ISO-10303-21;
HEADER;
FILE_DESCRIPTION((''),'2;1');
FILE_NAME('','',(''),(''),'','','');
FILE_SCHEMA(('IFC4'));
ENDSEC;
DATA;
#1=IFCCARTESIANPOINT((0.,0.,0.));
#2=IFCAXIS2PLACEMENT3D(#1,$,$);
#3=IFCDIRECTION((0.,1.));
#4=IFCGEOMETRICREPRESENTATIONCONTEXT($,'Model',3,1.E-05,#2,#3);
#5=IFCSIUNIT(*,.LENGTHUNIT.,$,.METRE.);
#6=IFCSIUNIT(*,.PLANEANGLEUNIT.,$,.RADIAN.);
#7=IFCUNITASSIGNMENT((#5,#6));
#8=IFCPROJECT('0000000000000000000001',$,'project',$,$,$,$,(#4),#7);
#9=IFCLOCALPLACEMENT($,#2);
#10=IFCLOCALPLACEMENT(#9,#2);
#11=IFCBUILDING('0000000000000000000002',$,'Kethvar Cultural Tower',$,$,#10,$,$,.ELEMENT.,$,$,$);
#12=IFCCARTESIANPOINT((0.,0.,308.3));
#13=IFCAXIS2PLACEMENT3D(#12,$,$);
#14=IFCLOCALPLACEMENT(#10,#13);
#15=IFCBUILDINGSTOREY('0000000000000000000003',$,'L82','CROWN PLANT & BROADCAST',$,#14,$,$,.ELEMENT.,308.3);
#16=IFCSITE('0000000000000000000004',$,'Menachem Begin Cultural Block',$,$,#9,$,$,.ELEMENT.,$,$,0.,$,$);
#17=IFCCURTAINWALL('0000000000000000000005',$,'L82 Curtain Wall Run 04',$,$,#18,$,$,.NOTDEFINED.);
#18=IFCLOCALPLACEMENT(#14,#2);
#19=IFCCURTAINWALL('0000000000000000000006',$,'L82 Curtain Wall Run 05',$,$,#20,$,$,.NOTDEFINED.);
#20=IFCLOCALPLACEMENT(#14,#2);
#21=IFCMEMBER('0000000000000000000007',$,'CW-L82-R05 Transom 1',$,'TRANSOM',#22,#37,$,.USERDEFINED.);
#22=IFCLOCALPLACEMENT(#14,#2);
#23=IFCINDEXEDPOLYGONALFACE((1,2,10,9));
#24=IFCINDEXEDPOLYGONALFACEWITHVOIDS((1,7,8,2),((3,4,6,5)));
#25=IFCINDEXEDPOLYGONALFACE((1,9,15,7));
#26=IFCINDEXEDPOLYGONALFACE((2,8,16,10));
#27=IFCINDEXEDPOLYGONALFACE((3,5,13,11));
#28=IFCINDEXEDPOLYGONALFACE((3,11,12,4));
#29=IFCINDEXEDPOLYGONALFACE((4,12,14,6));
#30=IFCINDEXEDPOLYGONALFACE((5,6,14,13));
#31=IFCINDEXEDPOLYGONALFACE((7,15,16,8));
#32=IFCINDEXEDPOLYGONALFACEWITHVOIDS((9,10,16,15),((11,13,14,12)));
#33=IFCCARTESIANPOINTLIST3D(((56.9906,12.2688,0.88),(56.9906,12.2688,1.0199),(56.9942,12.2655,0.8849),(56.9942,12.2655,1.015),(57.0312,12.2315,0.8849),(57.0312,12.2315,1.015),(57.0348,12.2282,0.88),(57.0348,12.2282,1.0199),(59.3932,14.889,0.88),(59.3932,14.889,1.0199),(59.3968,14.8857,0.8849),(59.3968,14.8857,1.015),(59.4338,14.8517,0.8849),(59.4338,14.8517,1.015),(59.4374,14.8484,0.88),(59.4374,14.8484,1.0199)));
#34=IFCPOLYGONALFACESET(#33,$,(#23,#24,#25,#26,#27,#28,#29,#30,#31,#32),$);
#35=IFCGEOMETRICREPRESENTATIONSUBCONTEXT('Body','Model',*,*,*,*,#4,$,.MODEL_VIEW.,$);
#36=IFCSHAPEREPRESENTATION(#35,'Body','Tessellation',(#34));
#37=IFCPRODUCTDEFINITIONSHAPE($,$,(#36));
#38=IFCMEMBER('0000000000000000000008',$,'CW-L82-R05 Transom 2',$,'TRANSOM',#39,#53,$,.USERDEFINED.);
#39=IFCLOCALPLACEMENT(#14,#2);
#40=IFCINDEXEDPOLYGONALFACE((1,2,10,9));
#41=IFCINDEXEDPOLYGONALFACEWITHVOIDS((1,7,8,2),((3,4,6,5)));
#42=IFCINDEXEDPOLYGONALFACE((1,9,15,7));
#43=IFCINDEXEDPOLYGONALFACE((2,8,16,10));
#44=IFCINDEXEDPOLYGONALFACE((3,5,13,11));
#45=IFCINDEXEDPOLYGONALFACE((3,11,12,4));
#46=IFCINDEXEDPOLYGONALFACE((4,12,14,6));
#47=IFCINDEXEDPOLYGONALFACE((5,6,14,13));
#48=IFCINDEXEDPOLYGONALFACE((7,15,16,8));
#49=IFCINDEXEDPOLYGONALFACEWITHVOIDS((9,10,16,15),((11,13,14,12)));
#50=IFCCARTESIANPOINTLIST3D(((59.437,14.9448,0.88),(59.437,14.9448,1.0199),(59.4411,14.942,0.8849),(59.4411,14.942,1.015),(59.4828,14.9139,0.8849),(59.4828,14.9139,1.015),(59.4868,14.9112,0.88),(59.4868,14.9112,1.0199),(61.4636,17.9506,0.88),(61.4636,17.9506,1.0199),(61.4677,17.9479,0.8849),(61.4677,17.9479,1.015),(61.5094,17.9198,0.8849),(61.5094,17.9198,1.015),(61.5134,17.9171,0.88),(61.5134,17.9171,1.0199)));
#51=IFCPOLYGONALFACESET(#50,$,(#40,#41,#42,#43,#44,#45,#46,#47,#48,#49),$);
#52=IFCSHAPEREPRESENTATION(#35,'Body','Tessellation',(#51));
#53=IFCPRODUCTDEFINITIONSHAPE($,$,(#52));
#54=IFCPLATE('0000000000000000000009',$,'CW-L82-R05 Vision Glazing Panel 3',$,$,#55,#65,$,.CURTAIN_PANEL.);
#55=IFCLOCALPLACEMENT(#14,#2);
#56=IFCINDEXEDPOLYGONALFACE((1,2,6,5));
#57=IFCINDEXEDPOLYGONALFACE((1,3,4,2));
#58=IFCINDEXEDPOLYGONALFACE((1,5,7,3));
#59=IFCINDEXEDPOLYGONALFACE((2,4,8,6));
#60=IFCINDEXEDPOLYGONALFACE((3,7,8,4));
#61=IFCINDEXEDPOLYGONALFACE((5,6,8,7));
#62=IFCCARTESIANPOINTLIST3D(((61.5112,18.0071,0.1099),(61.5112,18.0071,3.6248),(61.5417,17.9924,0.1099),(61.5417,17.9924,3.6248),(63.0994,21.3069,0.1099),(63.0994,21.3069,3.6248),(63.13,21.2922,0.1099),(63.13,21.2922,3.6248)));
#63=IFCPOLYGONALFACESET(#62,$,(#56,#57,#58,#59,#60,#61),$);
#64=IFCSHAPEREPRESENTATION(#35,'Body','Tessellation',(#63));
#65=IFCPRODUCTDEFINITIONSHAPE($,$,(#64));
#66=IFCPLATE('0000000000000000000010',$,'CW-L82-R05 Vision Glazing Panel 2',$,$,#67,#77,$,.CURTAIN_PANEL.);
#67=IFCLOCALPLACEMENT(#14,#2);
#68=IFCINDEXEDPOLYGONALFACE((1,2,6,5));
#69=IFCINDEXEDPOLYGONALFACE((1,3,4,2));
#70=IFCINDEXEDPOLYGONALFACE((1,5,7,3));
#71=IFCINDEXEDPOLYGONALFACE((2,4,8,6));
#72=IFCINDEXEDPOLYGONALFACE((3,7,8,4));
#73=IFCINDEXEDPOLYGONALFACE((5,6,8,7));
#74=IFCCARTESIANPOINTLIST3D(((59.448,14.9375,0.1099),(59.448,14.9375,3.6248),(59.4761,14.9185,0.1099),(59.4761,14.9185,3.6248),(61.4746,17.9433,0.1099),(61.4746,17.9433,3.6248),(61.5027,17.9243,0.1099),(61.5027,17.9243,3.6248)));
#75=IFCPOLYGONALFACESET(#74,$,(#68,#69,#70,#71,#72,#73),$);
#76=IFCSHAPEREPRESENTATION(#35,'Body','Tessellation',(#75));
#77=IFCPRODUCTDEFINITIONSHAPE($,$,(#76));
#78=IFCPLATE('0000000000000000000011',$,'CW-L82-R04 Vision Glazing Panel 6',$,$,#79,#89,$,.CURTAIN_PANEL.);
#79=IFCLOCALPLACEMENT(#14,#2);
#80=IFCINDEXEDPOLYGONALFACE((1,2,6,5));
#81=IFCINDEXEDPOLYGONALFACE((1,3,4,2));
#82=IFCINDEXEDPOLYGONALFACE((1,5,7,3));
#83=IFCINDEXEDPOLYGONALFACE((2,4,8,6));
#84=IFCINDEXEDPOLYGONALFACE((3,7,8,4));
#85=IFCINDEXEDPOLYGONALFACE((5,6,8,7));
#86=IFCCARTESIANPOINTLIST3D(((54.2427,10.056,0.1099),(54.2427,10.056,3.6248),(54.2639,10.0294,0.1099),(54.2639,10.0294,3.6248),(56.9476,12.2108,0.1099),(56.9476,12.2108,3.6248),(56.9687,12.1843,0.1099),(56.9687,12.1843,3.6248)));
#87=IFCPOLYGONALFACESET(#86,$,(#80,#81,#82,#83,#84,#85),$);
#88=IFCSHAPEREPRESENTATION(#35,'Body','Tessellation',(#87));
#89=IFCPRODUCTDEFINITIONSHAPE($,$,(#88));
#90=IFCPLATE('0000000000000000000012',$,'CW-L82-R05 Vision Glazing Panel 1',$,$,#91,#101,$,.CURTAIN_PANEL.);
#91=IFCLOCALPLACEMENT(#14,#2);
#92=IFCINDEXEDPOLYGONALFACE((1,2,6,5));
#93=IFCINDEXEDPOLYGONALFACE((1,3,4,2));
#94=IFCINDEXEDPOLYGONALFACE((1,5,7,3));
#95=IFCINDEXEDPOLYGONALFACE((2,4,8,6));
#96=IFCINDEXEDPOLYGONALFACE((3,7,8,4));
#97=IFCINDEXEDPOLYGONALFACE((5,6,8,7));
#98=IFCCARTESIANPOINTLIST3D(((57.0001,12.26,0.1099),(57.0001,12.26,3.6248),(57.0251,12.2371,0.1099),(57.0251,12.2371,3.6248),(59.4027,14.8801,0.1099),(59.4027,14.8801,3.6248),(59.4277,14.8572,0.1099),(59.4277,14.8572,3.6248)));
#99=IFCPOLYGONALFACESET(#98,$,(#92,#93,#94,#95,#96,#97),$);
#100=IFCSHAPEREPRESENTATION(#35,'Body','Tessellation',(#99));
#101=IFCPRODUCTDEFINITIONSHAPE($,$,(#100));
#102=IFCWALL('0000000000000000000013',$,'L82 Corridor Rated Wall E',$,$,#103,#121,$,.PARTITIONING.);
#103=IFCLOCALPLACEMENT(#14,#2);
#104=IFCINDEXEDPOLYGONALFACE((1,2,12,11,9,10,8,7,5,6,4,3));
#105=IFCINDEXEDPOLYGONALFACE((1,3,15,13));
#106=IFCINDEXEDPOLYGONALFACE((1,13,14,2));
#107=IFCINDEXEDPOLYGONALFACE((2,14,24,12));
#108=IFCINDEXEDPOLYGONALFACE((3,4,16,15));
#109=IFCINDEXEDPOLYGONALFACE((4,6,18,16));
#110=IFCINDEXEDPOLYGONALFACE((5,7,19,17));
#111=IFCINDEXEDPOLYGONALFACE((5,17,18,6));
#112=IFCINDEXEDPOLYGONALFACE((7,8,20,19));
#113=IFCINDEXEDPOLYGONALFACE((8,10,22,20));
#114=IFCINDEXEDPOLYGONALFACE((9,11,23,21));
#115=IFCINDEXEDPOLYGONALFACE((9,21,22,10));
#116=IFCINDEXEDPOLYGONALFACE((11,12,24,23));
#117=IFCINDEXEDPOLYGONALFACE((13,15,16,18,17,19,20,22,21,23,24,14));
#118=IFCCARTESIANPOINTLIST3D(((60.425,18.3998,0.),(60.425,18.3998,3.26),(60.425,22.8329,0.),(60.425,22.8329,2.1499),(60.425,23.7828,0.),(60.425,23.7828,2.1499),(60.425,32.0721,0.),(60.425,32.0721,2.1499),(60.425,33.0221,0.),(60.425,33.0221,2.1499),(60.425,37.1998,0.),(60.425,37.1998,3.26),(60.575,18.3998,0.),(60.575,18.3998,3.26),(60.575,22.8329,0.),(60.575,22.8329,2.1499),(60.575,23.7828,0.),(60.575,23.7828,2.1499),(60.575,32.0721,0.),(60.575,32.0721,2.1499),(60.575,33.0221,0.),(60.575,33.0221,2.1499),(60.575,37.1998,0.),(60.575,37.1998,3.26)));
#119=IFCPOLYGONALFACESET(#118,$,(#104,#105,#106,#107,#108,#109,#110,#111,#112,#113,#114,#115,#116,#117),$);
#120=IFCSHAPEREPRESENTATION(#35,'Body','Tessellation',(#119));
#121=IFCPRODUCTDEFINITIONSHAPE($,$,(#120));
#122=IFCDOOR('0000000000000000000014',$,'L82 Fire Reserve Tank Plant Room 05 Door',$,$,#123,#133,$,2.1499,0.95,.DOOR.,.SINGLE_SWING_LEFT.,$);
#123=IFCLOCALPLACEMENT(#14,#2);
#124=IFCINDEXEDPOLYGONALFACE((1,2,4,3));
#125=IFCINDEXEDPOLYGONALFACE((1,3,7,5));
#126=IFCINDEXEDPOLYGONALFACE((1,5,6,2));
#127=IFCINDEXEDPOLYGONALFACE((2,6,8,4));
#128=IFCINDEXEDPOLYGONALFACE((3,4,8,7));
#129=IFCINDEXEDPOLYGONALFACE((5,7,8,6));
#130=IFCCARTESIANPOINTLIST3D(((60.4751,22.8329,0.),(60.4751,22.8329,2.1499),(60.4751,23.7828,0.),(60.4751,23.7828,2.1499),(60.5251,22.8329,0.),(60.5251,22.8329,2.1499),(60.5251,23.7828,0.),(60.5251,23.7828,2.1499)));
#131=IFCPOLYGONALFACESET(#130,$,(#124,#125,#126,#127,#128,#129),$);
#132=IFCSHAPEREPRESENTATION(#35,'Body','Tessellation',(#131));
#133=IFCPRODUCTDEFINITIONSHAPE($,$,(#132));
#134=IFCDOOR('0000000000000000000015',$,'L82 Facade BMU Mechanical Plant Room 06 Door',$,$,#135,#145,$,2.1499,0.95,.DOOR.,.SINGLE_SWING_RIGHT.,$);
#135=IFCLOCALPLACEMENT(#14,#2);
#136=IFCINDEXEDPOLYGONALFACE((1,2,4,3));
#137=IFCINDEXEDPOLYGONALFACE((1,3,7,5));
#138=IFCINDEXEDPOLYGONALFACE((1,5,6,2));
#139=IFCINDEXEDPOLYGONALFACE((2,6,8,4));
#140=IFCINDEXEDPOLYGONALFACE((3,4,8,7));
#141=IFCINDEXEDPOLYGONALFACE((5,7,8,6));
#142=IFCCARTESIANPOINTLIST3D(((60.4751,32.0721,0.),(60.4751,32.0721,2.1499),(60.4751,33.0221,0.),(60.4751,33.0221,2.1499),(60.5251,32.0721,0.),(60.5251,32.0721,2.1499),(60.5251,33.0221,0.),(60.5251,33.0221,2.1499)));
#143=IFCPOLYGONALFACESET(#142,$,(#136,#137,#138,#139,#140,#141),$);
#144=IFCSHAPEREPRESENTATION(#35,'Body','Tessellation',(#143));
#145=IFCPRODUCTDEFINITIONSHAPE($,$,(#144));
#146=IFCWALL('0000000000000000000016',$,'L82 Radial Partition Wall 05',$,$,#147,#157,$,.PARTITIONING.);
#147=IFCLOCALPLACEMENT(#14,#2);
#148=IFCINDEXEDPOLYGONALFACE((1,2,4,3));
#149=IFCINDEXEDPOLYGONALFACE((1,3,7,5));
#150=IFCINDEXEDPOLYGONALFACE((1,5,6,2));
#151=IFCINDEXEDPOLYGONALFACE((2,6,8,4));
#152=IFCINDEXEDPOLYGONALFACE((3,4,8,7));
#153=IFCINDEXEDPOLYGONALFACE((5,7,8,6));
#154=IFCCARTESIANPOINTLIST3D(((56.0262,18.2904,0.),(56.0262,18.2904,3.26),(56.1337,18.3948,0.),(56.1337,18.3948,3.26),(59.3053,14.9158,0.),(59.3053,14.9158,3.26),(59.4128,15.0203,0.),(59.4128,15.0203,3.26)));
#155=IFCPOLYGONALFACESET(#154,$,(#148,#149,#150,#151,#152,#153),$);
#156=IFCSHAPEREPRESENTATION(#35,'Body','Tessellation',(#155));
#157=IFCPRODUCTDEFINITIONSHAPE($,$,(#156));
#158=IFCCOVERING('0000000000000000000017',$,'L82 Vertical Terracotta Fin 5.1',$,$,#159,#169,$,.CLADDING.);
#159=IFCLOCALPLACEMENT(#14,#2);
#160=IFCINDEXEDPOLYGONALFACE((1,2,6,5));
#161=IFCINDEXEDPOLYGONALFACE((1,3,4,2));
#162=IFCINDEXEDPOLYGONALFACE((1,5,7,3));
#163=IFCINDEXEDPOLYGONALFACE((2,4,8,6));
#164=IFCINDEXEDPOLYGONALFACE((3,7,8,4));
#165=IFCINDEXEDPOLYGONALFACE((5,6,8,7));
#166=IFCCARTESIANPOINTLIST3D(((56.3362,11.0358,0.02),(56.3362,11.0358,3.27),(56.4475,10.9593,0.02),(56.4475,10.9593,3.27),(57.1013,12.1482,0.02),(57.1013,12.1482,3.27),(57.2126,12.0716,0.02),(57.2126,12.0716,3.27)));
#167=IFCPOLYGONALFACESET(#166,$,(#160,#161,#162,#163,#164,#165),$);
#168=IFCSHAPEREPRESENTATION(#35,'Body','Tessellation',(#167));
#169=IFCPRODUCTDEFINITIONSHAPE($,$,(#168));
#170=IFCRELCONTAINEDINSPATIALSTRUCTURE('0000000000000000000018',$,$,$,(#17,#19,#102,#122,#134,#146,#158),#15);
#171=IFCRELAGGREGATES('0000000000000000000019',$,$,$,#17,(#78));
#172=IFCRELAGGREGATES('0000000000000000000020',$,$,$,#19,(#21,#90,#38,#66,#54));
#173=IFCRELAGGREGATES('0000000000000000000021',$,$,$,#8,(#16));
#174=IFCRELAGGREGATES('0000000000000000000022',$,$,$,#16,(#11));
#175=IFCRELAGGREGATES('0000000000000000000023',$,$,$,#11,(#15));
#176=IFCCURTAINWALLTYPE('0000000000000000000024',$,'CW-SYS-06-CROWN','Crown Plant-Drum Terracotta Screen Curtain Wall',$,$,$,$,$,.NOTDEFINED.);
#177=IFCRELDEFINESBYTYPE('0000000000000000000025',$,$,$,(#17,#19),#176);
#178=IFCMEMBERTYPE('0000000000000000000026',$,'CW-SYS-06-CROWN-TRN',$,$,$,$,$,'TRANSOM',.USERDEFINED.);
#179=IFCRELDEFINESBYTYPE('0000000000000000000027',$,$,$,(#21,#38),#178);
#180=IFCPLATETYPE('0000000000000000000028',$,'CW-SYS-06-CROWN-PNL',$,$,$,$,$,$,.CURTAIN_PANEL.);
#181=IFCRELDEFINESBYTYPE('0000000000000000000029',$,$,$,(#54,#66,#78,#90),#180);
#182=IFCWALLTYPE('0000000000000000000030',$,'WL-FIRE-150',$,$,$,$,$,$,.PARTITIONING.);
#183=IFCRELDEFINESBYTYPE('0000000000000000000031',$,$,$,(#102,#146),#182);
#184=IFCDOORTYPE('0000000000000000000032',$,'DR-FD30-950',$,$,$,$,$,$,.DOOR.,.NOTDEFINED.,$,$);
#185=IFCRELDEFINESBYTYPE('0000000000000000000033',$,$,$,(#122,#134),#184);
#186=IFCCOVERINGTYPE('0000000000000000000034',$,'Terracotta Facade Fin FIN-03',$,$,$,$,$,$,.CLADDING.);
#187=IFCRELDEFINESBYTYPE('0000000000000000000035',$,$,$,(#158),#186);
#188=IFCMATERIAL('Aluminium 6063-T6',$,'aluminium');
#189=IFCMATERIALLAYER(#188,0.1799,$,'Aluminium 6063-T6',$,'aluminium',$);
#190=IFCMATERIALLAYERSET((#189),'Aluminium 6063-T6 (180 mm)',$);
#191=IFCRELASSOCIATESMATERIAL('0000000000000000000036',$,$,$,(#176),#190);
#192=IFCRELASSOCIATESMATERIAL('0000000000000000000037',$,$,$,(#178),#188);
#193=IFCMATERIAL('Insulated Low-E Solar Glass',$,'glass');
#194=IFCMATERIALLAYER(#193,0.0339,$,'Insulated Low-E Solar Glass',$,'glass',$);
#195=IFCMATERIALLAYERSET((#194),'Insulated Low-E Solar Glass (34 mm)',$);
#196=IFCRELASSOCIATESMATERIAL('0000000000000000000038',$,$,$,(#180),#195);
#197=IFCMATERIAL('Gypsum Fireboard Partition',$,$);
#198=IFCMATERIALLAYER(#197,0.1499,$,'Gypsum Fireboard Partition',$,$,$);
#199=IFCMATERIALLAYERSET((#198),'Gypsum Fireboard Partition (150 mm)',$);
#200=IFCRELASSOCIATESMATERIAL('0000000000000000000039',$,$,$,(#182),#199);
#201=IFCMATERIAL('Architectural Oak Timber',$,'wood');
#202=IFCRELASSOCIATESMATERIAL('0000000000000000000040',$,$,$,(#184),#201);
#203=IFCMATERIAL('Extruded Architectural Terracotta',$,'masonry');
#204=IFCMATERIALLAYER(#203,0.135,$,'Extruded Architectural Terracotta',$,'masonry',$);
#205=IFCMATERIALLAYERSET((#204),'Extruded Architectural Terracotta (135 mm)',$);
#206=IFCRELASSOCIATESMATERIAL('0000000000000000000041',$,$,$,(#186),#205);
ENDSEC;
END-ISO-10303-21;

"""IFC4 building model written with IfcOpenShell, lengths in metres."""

from ifc_helpers import new_model, si_unit, direction, frame, frame_2d, origin, origin_2d, place, context, subcontext, project, spatial, rectangle, hollow_rectangle, extrude, source, transform, mapped, material, layer, layer_set, material_profile, profile_set, type_object, element, fill, aggregate, save


model = new_model("IFC4")

# Units and contexts
model_context = context("Model", 3, precision=1e-05, world=origin(), true_north=direction((0.0, 1.0)))
body_context = subcontext(model_context, "Body", "Model", "MODEL_VIEW")
ifc_project = project(units=[si_unit("LENGTHUNIT", "METRE"), si_unit("PLANEANGLEUNIT", "RADIAN")], contexts=[model_context])

# Site, building, storey
site_placement = place(None, origin())
site = spatial("IfcSite", under=ifc_project, at=site_placement, Name="Menachem Begin Cultural Block", CompositionType="ELEMENT", RefElevation=0.0)
building_placement = place(site_placement, origin())
building = spatial("IfcBuilding", under=site, at=building_placement, Name="Kethvar Cultural Tower", CompositionType="ELEMENT")
storey_placement = place(building_placement, frame((0.0, 0.0, 308.3)))
storey = spatial("IfcBuildingStorey", under=building, at=storey_placement, Name="L82", Description="CROWN PLANT & BROADCAST", CompositionType="ELEMENT", Elevation=308.3)

# Curtain wall
ifc_material_1 = material(Name="Aluminium 6063-T6", Category="aluminium")
ifc_layer_1 = layer(ifc_material_1, 0.1799, Name="Aluminium 6063-T6", Category="aluminium")
ifc_layer_set_1 = layer_set([ifc_layer_1], Name="Aluminium 6063-T6 (180 mm)")
curtain_wall_type = type_object("IfcCurtainWallType", Name="CW-SYS-06-CROWN", Description="Crown Plant-Drum Terracotta Screen Curtain Wall", PredefinedType="NOTDEFINED", material=ifc_layer_set_1)
curtain_wall_1_placement = place(storey_placement, origin())
curtain_wall_1 = element("IfcCurtainWall", 1, at=curtain_wall_1_placement, inside=storey, type_object=curtain_wall_type, Name="L82 Curtain Wall Run 04", PredefinedType="NOTDEFINED")

# Curtain wall, members, plates
curtain_wall_2_placement = place(storey_placement, origin())
curtain_wall_2 = element("IfcCurtainWall", 2, at=curtain_wall_2_placement, inside=storey, type_object=curtain_wall_type, Name="L82 Curtain Wall Run 05", PredefinedType="NOTDEFINED")
ifc_material_profile_1 = material_profile(ifc_material_1, hollow_rectangle(XDim=0.0601, YDim=0.1399, WallThickness=0.0049, at=origin_2d()), Name="Aluminium 6063-T6 — RHS140x60x5")
ifc_profile_set_1 = profile_set([ifc_material_profile_1], Name="Aluminium 6063-T6 — RHS140x60x5")
member_type_1 = type_object("IfcMemberType", Name="CW-SYS-06-CROWN-TRN", ElementType="TRANSOM", PredefinedType="USERDEFINED", material=ifc_profile_set_1)
shared_shape_1 = source(origin(), body_context, "Body", "SweptSolid", [
    extrude(hollow_rectangle(XDim=0.0601, YDim=0.1399, WallThickness=0.0049, at=origin_2d()), origin(), (0.0, 0.0, 1.0), 3.5549),
])
member_1_placement = place(storey_placement, frame((57.0127, 12.2485, 0.95), z_axis=(0.675849, 0.73704, 0.0), x_axis=(-0.73704, 0.675849, 0.0)))
member_1 = element("IfcMember", 3, at=member_1_placement, type_object=member_type_1, Name="CW-L82-R05 Transom 1", ObjectType="TRANSOM", PredefinedType="USERDEFINED", context=body_context, shape_type="MappedRepresentation", body=[
    mapped(shared_shape_1, transform((0.0, 0.0, 0.0), scale=1.0)),
])
shared_shape_2 = source(origin(), body_context, "Body", "SweptSolid", [
    extrude(hollow_rectangle(XDim=0.0601, YDim=0.1399, WallThickness=0.0049, at=origin_2d()), origin(), (0.0, 0.0, 1.0), 3.6252),
])
member_2_placement = place(storey_placement, frame((59.4619, 14.928, 0.95), z_axis=(0.559029, 0.829148, 0.0), x_axis=(-0.829148, 0.559029, 0.0)))
member_2 = element("IfcMember", 4, at=member_2_placement, type_object=member_type_1, Name="CW-L82-R05 Transom 2", ObjectType="TRANSOM", PredefinedType="USERDEFINED", context=body_context, shape_type="MappedRepresentation", body=[
    mapped(shared_shape_2, transform((0.0, 0.0, 0.0), scale=1.0)),
])
ifc_material_2 = material(Name="Insulated Low-E Solar Glass", Category="glass")
ifc_layer_2 = layer(ifc_material_2, 0.0339, Name="Insulated Low-E Solar Glass", Category="glass")
ifc_layer_set_2 = layer_set([ifc_layer_2], Name="Insulated Low-E Solar Glass (34 mm)")
plate_type = type_object("IfcPlateType", Name="CW-SYS-06-CROWN-PNL", PredefinedType="CURTAIN_PANEL", material=ifc_layer_set_2)
shared_shape_3 = source(origin(), body_context, "Body", "SweptSolid", [
    extrude(rectangle(XDim=3.6621, YDim=0.0339, at=origin_2d()), origin(), (0.0, 0.0, 1.0), 3.5149),
])
plate_1_placement = place(storey_placement, frame((62.3206, 19.6497, 0.1099), z_axis=(0.0, 0.0, 1.0), x_axis=(0.433691, 0.901062, 0.0)))
plate_1 = element("IfcPlate", 5, at=plate_1_placement, type_object=plate_type, Name="CW-L82-R05 Vision Glazing Panel 3", PredefinedType="CURTAIN_PANEL", context=body_context, shape_type="MappedRepresentation", body=[
    mapped(shared_shape_3, transform((0.0, 0.0, 0.0), scale=1.0)),
])
shared_shape_4 = source(origin(), body_context, "Body", "SweptSolid", [
    extrude(rectangle(XDim=3.6252, YDim=0.0339, at=origin_2d()), origin(), (0.0, 0.0, 1.0), 3.5149),
])
plate_2_placement = place(storey_placement, frame((60.4753, 16.4309, 0.1099), z_axis=(0.0, 0.0, 1.0), x_axis=(0.559034, 0.829145, 0.0)))
plate_2 = element("IfcPlate", 6, at=plate_2_placement, type_object=plate_type, Name="CW-L82-R05 Vision Glazing Panel 2", PredefinedType="CURTAIN_PANEL", context=body_context, shape_type="MappedRepresentation", body=[
    mapped(shared_shape_4, transform((0.0, 0.0, 0.0), scale=1.0)),
])

# Plates
shared_shape_5 = source(origin(), body_context, "Body", "SweptSolid", [
    extrude(rectangle(XDim=3.4583, YDim=0.0339, at=origin_2d()), origin(), (0.0, 0.0, 1.0), 3.5149),
])
plate_3_placement = place(storey_placement, frame((55.6057, 11.1201, 0.1099), z_axis=(0.0, 0.0, 1.0), x_axis=(0.782141, 0.623102, 0.0)))
plate_3 = element("IfcPlate", 7, at=plate_3_placement, type_object=plate_type, Name="CW-L82-R04 Vision Glazing Panel 6", PredefinedType="CURTAIN_PANEL", context=body_context, shape_type="MappedRepresentation", body=[
    mapped(shared_shape_5, transform((0.0, 0.0, 0.0), scale=1.0)),
])
aggregate(curtain_wall_1, [plate_3])
shared_shape_6 = source(origin(), body_context, "Body", "SweptSolid", [
    extrude(rectangle(XDim=3.5549, YDim=0.0339, at=origin_2d()), origin(), (0.0, 0.0, 1.0), 3.5149),
])
plate_4_placement = place(storey_placement, frame((58.2139, 13.5586, 0.1099), z_axis=(0.0, 0.0, 1.0), x_axis=(0.675848, 0.737041, 0.0)))
plate_4 = element("IfcPlate", 8, at=plate_4_placement, type_object=plate_type, Name="CW-L82-R05 Vision Glazing Panel 1", PredefinedType="CURTAIN_PANEL", context=body_context, shape_type="MappedRepresentation", body=[
    mapped(shared_shape_6, transform((0.0, 0.0, 0.0), scale=1.0)),
])
aggregate(curtain_wall_2, [member_1, plate_4, member_2, plate_2, plate_1])

# Wall, openings, doors
ifc_material_3 = material(Name="Gypsum Fireboard Partition")
ifc_layer_3 = layer(ifc_material_3, 0.1499, Name="Gypsum Fireboard Partition")
ifc_layer_set_3 = layer_set([ifc_layer_3], Name="Gypsum Fireboard Partition (150 mm)")
wall_type = type_object("IfcWallType", Name="WL-FIRE-150", PredefinedType="PARTITIONING", material=ifc_layer_set_3)
wall_1_placement = place(storey_placement, frame((60.5, 18.3999, 0.0), z_axis=(0.0, 0.0, 1.0), x_axis=(0.0, 1.0, 0.0)))
wall_1 = element("IfcWall", 9, at=wall_1_placement, inside=storey, type_object=wall_type, Name="L82 Corridor Rated Wall E", PredefinedType="PARTITIONING", context=body_context, shape_type="SweptSolid", body=[
    extrude(rectangle(XDim=18.8, YDim=0.1499, at=frame_2d((9.3999, 0.0))), origin(), (0.0, 0.0, 1.0), 3.26),
])
opening_1_placement = place(wall_1_placement, frame((4.4329, 0.0, 0.0)))
opening_1 = element("IfcOpeningElement", 10, at=opening_1_placement, cuts=wall_1, PredefinedType="OPENING", context=body_context, shape_type="SweptSolid", body=[
    extrude(rectangle(XDim=0.95, YDim=2.1499, at=frame_2d((0.4751, 1.075))), frame((0.0, 0.085, 0.0), z_axis=(0.0, -1.0, 0.0), x_axis=(1.0, 0.0, 0.0)), (0.0, 0.0, 1.0), 0.1699),
])
opening_2_placement = place(wall_1_placement, frame((13.6721, 0.0, 0.0)))
opening_2 = element("IfcOpeningElement", 11, at=opening_2_placement, cuts=wall_1, PredefinedType="OPENING", context=body_context, shape_type="SweptSolid", body=[
    extrude(rectangle(XDim=0.95, YDim=2.1499, at=frame_2d((0.4751, 1.075))), frame((0.0, 0.085, 0.0), z_axis=(0.0, -1.0, 0.0), x_axis=(1.0, 0.0, 0.0)), (0.0, 0.0, 1.0), 0.1699),
])
ifc_material_4 = material(Name="Architectural Oak Timber", Category="wood")
door_type = type_object("IfcDoorType", Name="DR-FD30-950", OperationType="NOTDEFINED", PredefinedType="DOOR", material=ifc_material_4)
shared_shape_7 = source(origin(), body_context, "Body", "SweptSolid", [
    extrude(rectangle(XDim=0.95, YDim=2.1499, at=frame_2d((0.4751, 1.075))), frame((0.0, 0.0249, 0.0), z_axis=(0.0, -1.0, 0.0), x_axis=(1.0, 0.0, 0.0)), (0.0, 0.0, 1.0), 0.05),
])
door_1_placement = place(opening_1_placement, origin())
door_1 = element("IfcDoor", 12, at=door_1_placement, inside=storey, type_object=door_type, Name="L82 Fire Reserve Tank Plant Room 05 Door", OperationType="SINGLE_SWING_LEFT", OverallHeight=2.1499, OverallWidth=0.95, PredefinedType="DOOR", context=body_context, shape_type="MappedRepresentation", body=[
    mapped(shared_shape_7, transform((0.0, 0.0, 0.0), scale=1.0)),
])
fill(opening_1, door_1)
door_2_placement = place(opening_2_placement, origin())
door_2 = element("IfcDoor", 13, at=door_2_placement, inside=storey, type_object=door_type, Name="L82 Facade BMU Mechanical Plant Room 06 Door", OperationType="SINGLE_SWING_RIGHT", OverallHeight=2.1499, OverallWidth=0.95, PredefinedType="DOOR", context=body_context, shape_type="MappedRepresentation", body=[
    mapped(shared_shape_7, transform((0.0, 0.0, 0.0), scale=1.0)),
])
fill(opening_2, door_2)

# Wall
wall_2_placement = place(storey_placement, frame((56.0801, 18.3425, 0.0), z_axis=(0.0, 0.0, 1.0), x_axis=(0.69689, -0.717178, 0.0)))
element("IfcWall", 14, at=wall_2_placement, inside=storey, type_object=wall_type, Name="L82 Radial Partition Wall 05", PredefinedType="PARTITIONING", context=body_context, shape_type="SweptSolid", body=[
    extrude(rectangle(XDim=4.7053, YDim=0.1499, at=frame_2d((2.3525, 0.0))), origin(), (0.0, 0.0, 1.0), 3.26),
])

# Covering
ifc_material_5 = material(Name="Extruded Architectural Terracotta", Category="masonry")
ifc_layer_4 = layer(ifc_material_5, 0.135, Name="Extruded Architectural Terracotta", Category="masonry")
ifc_layer_set_4 = layer_set([ifc_layer_4], Name="Extruded Architectural Terracotta (135 mm)")
covering_type = type_object("IfcCoveringType", Name="Terracotta Facade Fin FIN-03", PredefinedType="CLADDING", material=ifc_layer_set_4)
shared_shape_8 = source(origin(), body_context, "Body", "SweptSolid", [
    extrude(rectangle(XDim=1.3501, YDim=0.135, at=origin_2d()), origin(), (0.0, 0.0, 1.0), 3.25),
])
for number, where, z_axis, x_axis, name in (
    (15, (56.7744, 11.5537, 0.02), (0.0, 0.0, 1.0), (-0.566694, -0.823928, 0.0), "L82 Vertical Terracotta Fin 5.1"),
):
    element("IfcCovering", number, at=place(storey_placement, frame(where, z_axis=z_axis, x_axis=x_axis)), inside=storey, type_object=covering_type, Name=name, PredefinedType="CLADDING", context=body_context, shape_type="MappedRepresentation", body=[
        mapped(shared_shape_8, transform((0.0, 0.0, 0.0), scale=1.0)),
    ])

save(model, "model.ifc")
